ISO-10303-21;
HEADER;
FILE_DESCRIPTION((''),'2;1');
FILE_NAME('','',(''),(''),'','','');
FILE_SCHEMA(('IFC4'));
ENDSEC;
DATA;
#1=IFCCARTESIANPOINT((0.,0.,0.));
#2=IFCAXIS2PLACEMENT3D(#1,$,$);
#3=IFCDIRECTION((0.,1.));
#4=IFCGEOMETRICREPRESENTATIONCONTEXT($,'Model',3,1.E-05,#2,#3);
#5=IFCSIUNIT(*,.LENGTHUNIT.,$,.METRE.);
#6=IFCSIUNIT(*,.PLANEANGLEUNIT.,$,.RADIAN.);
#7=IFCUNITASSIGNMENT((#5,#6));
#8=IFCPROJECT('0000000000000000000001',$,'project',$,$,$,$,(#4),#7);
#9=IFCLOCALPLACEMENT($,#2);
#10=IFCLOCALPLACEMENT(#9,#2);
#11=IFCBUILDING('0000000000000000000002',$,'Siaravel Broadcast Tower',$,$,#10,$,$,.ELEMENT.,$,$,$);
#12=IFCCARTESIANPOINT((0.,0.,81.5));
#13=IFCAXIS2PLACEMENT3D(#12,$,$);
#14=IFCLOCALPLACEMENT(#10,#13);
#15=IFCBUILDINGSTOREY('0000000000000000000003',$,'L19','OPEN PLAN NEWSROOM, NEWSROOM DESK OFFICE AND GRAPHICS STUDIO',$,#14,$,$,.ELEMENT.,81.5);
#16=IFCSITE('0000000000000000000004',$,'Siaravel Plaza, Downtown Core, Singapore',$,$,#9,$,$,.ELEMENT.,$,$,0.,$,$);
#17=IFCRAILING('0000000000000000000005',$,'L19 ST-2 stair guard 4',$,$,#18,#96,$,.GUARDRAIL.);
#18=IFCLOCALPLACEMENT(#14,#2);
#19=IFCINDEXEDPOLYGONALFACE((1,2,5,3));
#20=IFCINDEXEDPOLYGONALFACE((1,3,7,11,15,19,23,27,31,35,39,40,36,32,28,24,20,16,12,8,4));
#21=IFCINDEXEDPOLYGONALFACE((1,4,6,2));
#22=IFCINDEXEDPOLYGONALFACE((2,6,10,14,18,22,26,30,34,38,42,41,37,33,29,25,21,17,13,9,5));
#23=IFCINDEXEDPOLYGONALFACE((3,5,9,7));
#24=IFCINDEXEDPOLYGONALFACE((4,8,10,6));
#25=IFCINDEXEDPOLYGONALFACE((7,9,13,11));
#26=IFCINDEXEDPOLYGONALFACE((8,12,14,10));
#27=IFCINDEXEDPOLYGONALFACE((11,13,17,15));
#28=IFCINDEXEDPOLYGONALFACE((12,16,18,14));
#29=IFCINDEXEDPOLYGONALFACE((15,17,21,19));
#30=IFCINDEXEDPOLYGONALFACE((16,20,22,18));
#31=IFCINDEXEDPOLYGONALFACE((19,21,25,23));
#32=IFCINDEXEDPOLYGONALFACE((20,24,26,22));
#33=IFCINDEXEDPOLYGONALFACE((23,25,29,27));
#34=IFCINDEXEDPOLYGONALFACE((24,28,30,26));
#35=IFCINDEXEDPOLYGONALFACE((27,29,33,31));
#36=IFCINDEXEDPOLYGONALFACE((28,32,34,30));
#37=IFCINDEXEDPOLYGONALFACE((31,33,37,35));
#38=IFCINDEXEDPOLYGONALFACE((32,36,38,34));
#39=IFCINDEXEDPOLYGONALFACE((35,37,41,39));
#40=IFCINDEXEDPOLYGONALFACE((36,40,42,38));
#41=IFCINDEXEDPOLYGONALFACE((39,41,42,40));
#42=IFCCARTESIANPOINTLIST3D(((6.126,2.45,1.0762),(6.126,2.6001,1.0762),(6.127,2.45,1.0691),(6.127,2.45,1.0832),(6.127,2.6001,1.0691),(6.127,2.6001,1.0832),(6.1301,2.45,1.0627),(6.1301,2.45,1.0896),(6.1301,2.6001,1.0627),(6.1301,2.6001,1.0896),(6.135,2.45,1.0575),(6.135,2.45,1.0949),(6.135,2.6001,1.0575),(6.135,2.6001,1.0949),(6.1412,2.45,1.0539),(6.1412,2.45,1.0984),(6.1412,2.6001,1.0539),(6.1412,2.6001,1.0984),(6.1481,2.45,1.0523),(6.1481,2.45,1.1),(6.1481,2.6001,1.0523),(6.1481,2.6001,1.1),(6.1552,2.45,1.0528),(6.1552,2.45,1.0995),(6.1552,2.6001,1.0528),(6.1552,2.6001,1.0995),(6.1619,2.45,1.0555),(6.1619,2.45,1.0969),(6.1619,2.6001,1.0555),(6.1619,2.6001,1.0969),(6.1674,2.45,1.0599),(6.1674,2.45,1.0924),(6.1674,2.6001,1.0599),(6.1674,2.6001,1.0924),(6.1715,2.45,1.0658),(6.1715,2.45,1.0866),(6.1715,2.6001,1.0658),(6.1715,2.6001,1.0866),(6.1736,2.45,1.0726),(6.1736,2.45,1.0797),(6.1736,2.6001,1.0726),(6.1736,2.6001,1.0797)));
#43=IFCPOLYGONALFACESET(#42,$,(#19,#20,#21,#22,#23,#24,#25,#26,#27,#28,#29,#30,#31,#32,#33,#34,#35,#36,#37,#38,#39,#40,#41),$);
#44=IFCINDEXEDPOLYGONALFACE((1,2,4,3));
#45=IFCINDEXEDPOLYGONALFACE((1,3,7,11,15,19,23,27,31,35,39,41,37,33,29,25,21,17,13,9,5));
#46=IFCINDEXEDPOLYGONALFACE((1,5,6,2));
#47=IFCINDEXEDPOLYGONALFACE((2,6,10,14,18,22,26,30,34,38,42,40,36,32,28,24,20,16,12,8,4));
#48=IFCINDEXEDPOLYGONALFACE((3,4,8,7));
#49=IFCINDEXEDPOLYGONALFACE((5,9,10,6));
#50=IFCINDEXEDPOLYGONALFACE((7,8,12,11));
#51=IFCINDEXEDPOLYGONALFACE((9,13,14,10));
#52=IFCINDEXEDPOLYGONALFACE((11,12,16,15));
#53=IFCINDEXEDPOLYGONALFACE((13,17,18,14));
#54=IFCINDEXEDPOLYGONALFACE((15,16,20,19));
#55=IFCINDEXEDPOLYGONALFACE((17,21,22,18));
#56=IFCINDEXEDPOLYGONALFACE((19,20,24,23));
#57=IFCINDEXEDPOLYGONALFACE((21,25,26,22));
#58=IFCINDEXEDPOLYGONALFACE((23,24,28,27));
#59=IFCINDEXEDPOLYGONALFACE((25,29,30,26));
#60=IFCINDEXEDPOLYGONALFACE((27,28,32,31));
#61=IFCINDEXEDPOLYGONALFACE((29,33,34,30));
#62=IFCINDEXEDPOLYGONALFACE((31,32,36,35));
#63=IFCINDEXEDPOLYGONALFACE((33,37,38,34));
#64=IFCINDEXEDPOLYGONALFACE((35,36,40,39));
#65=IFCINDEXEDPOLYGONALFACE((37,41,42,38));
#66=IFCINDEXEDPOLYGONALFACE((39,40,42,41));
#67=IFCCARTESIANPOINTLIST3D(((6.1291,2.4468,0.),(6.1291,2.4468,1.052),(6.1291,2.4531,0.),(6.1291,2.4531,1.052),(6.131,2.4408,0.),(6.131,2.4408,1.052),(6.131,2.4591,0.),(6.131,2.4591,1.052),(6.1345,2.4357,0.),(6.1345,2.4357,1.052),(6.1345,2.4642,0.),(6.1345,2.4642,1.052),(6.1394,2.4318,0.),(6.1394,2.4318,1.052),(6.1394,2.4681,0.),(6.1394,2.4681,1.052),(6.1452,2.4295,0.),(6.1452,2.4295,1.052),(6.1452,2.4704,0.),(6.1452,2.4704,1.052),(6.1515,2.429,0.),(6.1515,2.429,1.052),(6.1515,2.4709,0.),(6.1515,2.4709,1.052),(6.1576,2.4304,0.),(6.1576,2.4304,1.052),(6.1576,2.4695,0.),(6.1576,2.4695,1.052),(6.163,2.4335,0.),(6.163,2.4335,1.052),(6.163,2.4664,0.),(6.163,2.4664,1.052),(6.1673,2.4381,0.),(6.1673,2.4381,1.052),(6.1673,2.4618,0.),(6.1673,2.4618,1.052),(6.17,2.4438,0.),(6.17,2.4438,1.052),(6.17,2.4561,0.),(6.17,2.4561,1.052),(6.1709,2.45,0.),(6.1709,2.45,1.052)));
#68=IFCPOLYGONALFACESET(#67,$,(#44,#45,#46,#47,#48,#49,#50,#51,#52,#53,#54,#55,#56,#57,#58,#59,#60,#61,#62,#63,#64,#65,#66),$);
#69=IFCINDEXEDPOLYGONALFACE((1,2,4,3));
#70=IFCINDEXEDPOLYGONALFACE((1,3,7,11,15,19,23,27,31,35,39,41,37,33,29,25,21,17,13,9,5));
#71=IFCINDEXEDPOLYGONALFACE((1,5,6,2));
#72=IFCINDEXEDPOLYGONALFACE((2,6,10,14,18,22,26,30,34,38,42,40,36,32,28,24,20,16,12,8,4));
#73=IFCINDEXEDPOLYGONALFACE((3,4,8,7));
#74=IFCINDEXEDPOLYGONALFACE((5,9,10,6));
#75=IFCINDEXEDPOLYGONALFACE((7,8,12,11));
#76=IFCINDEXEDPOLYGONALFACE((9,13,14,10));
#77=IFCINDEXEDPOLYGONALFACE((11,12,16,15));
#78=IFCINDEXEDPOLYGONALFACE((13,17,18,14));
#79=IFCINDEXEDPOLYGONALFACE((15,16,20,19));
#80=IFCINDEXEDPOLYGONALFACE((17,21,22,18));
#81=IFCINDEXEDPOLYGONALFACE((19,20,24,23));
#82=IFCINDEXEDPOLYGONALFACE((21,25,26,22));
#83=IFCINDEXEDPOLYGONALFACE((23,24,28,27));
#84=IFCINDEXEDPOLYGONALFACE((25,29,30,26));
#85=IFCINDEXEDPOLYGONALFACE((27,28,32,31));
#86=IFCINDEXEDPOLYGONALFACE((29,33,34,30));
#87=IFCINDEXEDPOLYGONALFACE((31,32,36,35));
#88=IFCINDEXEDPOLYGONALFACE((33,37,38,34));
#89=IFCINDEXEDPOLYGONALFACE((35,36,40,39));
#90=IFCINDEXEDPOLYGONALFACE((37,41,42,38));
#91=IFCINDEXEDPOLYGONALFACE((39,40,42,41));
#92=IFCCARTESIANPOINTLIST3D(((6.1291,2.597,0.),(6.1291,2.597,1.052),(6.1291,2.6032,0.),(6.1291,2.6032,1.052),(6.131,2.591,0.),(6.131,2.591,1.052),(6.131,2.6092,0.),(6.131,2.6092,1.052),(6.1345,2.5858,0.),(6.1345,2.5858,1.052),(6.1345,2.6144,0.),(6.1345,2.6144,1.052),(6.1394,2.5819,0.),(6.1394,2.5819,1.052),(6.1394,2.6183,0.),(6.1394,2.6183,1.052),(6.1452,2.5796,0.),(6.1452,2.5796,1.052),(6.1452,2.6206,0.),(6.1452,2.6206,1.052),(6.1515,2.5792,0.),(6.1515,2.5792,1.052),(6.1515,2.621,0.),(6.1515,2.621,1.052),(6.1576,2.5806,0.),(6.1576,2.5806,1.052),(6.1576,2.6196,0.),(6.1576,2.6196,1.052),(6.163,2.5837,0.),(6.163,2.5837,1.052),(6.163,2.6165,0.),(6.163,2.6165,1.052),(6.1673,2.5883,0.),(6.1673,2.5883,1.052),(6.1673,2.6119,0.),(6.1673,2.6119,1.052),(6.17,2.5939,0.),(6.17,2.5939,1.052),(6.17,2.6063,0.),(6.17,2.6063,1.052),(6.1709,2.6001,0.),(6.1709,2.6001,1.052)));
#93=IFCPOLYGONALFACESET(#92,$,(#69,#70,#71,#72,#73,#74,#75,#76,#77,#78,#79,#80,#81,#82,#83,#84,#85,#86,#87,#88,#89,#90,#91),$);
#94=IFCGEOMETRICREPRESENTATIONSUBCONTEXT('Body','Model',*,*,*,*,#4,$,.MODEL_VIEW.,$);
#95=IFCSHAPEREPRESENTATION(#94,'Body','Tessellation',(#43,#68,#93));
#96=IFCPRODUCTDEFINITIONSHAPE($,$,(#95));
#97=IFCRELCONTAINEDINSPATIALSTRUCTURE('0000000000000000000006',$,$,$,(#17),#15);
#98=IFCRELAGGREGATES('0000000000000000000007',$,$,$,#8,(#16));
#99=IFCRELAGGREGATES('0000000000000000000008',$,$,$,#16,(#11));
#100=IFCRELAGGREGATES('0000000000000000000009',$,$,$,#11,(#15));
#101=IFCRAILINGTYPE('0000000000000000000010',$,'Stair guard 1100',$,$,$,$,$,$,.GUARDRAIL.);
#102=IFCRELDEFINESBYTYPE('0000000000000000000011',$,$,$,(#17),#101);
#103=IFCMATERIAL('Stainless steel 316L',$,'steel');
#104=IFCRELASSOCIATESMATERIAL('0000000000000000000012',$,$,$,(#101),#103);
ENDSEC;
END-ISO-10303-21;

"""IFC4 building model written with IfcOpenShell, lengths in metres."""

from ifc_helpers import new_model, si_unit, direction, frame, origin, origin_2d, place, context, subcontext, project, spatial, circle, extrude, material, type_object, element, save


model = new_model("IFC4")

# Units and contexts
model_context = context("Model", 3, precision=1e-05, world=origin(), true_north=direction((0.0, 1.0)))
body_context = subcontext(model_context, "Body", "Model", "MODEL_VIEW")
ifc_project = project(units=[si_unit("LENGTHUNIT", "METRE"), si_unit("PLANEANGLEUNIT", "RADIAN")], contexts=[model_context])

# Site, building, storey
site_placement = place(None, origin())
site = spatial("IfcSite", under=ifc_project, at=site_placement, Name="Siaravel Plaza, Downtown Core, Singapore", CompositionType="ELEMENT", RefElevation=0.0)
building_placement = place(site_placement, origin())
building = spatial("IfcBuilding", under=site, at=building_placement, Name="Siaravel Broadcast Tower", CompositionType="ELEMENT")
storey_placement = place(building_placement, frame((0.0, 0.0, 81.5)))
storey = spatial("IfcBuildingStorey", under=building, at=storey_placement, Name="L19", Description="OPEN PLAN NEWSROOM, NEWSROOM DESK OFFICE AND GRAPHICS STUDIO", CompositionType="ELEMENT", Elevation=81.5)

# Railing
ifc_material_1 = material(Name="Stainless steel 316L", Category="steel")
railing_type_1 = type_object("IfcRailingType", Name="Stair guard 1100", PredefinedType="GUARDRAIL", material=ifc_material_1)
railing_1_placement = place(storey_placement, frame((6.1499, 2.45, 0.0)))
element("IfcRailing", 1, at=railing_1_placement, inside=storey, type_object=railing_type_1, Name="L19 ST-2 stair guard 4", PredefinedType="GUARDRAIL", context=body_context, shape_type="SweptSolid", body=[
    extrude(circle(Radius=0.0239, at=origin_2d()), frame((0.0, 0.0, 1.0762), z_axis=(0.0, 1.0, 0.0), x_axis=(-1.0, 0.0, 0.0)), (0.0, 0.0, 1.0), 0.1501),
    extrude(circle(Radius=0.021, at=origin_2d()), origin(), (0.0, 0.0, 1.0), 1.052),
    extrude(circle(Radius=0.021, at=origin_2d()), frame((0.0, 0.1501, 0.0)), (0.0, 0.0, 1.0), 1.052),
])

save(model, "model.ifc")
